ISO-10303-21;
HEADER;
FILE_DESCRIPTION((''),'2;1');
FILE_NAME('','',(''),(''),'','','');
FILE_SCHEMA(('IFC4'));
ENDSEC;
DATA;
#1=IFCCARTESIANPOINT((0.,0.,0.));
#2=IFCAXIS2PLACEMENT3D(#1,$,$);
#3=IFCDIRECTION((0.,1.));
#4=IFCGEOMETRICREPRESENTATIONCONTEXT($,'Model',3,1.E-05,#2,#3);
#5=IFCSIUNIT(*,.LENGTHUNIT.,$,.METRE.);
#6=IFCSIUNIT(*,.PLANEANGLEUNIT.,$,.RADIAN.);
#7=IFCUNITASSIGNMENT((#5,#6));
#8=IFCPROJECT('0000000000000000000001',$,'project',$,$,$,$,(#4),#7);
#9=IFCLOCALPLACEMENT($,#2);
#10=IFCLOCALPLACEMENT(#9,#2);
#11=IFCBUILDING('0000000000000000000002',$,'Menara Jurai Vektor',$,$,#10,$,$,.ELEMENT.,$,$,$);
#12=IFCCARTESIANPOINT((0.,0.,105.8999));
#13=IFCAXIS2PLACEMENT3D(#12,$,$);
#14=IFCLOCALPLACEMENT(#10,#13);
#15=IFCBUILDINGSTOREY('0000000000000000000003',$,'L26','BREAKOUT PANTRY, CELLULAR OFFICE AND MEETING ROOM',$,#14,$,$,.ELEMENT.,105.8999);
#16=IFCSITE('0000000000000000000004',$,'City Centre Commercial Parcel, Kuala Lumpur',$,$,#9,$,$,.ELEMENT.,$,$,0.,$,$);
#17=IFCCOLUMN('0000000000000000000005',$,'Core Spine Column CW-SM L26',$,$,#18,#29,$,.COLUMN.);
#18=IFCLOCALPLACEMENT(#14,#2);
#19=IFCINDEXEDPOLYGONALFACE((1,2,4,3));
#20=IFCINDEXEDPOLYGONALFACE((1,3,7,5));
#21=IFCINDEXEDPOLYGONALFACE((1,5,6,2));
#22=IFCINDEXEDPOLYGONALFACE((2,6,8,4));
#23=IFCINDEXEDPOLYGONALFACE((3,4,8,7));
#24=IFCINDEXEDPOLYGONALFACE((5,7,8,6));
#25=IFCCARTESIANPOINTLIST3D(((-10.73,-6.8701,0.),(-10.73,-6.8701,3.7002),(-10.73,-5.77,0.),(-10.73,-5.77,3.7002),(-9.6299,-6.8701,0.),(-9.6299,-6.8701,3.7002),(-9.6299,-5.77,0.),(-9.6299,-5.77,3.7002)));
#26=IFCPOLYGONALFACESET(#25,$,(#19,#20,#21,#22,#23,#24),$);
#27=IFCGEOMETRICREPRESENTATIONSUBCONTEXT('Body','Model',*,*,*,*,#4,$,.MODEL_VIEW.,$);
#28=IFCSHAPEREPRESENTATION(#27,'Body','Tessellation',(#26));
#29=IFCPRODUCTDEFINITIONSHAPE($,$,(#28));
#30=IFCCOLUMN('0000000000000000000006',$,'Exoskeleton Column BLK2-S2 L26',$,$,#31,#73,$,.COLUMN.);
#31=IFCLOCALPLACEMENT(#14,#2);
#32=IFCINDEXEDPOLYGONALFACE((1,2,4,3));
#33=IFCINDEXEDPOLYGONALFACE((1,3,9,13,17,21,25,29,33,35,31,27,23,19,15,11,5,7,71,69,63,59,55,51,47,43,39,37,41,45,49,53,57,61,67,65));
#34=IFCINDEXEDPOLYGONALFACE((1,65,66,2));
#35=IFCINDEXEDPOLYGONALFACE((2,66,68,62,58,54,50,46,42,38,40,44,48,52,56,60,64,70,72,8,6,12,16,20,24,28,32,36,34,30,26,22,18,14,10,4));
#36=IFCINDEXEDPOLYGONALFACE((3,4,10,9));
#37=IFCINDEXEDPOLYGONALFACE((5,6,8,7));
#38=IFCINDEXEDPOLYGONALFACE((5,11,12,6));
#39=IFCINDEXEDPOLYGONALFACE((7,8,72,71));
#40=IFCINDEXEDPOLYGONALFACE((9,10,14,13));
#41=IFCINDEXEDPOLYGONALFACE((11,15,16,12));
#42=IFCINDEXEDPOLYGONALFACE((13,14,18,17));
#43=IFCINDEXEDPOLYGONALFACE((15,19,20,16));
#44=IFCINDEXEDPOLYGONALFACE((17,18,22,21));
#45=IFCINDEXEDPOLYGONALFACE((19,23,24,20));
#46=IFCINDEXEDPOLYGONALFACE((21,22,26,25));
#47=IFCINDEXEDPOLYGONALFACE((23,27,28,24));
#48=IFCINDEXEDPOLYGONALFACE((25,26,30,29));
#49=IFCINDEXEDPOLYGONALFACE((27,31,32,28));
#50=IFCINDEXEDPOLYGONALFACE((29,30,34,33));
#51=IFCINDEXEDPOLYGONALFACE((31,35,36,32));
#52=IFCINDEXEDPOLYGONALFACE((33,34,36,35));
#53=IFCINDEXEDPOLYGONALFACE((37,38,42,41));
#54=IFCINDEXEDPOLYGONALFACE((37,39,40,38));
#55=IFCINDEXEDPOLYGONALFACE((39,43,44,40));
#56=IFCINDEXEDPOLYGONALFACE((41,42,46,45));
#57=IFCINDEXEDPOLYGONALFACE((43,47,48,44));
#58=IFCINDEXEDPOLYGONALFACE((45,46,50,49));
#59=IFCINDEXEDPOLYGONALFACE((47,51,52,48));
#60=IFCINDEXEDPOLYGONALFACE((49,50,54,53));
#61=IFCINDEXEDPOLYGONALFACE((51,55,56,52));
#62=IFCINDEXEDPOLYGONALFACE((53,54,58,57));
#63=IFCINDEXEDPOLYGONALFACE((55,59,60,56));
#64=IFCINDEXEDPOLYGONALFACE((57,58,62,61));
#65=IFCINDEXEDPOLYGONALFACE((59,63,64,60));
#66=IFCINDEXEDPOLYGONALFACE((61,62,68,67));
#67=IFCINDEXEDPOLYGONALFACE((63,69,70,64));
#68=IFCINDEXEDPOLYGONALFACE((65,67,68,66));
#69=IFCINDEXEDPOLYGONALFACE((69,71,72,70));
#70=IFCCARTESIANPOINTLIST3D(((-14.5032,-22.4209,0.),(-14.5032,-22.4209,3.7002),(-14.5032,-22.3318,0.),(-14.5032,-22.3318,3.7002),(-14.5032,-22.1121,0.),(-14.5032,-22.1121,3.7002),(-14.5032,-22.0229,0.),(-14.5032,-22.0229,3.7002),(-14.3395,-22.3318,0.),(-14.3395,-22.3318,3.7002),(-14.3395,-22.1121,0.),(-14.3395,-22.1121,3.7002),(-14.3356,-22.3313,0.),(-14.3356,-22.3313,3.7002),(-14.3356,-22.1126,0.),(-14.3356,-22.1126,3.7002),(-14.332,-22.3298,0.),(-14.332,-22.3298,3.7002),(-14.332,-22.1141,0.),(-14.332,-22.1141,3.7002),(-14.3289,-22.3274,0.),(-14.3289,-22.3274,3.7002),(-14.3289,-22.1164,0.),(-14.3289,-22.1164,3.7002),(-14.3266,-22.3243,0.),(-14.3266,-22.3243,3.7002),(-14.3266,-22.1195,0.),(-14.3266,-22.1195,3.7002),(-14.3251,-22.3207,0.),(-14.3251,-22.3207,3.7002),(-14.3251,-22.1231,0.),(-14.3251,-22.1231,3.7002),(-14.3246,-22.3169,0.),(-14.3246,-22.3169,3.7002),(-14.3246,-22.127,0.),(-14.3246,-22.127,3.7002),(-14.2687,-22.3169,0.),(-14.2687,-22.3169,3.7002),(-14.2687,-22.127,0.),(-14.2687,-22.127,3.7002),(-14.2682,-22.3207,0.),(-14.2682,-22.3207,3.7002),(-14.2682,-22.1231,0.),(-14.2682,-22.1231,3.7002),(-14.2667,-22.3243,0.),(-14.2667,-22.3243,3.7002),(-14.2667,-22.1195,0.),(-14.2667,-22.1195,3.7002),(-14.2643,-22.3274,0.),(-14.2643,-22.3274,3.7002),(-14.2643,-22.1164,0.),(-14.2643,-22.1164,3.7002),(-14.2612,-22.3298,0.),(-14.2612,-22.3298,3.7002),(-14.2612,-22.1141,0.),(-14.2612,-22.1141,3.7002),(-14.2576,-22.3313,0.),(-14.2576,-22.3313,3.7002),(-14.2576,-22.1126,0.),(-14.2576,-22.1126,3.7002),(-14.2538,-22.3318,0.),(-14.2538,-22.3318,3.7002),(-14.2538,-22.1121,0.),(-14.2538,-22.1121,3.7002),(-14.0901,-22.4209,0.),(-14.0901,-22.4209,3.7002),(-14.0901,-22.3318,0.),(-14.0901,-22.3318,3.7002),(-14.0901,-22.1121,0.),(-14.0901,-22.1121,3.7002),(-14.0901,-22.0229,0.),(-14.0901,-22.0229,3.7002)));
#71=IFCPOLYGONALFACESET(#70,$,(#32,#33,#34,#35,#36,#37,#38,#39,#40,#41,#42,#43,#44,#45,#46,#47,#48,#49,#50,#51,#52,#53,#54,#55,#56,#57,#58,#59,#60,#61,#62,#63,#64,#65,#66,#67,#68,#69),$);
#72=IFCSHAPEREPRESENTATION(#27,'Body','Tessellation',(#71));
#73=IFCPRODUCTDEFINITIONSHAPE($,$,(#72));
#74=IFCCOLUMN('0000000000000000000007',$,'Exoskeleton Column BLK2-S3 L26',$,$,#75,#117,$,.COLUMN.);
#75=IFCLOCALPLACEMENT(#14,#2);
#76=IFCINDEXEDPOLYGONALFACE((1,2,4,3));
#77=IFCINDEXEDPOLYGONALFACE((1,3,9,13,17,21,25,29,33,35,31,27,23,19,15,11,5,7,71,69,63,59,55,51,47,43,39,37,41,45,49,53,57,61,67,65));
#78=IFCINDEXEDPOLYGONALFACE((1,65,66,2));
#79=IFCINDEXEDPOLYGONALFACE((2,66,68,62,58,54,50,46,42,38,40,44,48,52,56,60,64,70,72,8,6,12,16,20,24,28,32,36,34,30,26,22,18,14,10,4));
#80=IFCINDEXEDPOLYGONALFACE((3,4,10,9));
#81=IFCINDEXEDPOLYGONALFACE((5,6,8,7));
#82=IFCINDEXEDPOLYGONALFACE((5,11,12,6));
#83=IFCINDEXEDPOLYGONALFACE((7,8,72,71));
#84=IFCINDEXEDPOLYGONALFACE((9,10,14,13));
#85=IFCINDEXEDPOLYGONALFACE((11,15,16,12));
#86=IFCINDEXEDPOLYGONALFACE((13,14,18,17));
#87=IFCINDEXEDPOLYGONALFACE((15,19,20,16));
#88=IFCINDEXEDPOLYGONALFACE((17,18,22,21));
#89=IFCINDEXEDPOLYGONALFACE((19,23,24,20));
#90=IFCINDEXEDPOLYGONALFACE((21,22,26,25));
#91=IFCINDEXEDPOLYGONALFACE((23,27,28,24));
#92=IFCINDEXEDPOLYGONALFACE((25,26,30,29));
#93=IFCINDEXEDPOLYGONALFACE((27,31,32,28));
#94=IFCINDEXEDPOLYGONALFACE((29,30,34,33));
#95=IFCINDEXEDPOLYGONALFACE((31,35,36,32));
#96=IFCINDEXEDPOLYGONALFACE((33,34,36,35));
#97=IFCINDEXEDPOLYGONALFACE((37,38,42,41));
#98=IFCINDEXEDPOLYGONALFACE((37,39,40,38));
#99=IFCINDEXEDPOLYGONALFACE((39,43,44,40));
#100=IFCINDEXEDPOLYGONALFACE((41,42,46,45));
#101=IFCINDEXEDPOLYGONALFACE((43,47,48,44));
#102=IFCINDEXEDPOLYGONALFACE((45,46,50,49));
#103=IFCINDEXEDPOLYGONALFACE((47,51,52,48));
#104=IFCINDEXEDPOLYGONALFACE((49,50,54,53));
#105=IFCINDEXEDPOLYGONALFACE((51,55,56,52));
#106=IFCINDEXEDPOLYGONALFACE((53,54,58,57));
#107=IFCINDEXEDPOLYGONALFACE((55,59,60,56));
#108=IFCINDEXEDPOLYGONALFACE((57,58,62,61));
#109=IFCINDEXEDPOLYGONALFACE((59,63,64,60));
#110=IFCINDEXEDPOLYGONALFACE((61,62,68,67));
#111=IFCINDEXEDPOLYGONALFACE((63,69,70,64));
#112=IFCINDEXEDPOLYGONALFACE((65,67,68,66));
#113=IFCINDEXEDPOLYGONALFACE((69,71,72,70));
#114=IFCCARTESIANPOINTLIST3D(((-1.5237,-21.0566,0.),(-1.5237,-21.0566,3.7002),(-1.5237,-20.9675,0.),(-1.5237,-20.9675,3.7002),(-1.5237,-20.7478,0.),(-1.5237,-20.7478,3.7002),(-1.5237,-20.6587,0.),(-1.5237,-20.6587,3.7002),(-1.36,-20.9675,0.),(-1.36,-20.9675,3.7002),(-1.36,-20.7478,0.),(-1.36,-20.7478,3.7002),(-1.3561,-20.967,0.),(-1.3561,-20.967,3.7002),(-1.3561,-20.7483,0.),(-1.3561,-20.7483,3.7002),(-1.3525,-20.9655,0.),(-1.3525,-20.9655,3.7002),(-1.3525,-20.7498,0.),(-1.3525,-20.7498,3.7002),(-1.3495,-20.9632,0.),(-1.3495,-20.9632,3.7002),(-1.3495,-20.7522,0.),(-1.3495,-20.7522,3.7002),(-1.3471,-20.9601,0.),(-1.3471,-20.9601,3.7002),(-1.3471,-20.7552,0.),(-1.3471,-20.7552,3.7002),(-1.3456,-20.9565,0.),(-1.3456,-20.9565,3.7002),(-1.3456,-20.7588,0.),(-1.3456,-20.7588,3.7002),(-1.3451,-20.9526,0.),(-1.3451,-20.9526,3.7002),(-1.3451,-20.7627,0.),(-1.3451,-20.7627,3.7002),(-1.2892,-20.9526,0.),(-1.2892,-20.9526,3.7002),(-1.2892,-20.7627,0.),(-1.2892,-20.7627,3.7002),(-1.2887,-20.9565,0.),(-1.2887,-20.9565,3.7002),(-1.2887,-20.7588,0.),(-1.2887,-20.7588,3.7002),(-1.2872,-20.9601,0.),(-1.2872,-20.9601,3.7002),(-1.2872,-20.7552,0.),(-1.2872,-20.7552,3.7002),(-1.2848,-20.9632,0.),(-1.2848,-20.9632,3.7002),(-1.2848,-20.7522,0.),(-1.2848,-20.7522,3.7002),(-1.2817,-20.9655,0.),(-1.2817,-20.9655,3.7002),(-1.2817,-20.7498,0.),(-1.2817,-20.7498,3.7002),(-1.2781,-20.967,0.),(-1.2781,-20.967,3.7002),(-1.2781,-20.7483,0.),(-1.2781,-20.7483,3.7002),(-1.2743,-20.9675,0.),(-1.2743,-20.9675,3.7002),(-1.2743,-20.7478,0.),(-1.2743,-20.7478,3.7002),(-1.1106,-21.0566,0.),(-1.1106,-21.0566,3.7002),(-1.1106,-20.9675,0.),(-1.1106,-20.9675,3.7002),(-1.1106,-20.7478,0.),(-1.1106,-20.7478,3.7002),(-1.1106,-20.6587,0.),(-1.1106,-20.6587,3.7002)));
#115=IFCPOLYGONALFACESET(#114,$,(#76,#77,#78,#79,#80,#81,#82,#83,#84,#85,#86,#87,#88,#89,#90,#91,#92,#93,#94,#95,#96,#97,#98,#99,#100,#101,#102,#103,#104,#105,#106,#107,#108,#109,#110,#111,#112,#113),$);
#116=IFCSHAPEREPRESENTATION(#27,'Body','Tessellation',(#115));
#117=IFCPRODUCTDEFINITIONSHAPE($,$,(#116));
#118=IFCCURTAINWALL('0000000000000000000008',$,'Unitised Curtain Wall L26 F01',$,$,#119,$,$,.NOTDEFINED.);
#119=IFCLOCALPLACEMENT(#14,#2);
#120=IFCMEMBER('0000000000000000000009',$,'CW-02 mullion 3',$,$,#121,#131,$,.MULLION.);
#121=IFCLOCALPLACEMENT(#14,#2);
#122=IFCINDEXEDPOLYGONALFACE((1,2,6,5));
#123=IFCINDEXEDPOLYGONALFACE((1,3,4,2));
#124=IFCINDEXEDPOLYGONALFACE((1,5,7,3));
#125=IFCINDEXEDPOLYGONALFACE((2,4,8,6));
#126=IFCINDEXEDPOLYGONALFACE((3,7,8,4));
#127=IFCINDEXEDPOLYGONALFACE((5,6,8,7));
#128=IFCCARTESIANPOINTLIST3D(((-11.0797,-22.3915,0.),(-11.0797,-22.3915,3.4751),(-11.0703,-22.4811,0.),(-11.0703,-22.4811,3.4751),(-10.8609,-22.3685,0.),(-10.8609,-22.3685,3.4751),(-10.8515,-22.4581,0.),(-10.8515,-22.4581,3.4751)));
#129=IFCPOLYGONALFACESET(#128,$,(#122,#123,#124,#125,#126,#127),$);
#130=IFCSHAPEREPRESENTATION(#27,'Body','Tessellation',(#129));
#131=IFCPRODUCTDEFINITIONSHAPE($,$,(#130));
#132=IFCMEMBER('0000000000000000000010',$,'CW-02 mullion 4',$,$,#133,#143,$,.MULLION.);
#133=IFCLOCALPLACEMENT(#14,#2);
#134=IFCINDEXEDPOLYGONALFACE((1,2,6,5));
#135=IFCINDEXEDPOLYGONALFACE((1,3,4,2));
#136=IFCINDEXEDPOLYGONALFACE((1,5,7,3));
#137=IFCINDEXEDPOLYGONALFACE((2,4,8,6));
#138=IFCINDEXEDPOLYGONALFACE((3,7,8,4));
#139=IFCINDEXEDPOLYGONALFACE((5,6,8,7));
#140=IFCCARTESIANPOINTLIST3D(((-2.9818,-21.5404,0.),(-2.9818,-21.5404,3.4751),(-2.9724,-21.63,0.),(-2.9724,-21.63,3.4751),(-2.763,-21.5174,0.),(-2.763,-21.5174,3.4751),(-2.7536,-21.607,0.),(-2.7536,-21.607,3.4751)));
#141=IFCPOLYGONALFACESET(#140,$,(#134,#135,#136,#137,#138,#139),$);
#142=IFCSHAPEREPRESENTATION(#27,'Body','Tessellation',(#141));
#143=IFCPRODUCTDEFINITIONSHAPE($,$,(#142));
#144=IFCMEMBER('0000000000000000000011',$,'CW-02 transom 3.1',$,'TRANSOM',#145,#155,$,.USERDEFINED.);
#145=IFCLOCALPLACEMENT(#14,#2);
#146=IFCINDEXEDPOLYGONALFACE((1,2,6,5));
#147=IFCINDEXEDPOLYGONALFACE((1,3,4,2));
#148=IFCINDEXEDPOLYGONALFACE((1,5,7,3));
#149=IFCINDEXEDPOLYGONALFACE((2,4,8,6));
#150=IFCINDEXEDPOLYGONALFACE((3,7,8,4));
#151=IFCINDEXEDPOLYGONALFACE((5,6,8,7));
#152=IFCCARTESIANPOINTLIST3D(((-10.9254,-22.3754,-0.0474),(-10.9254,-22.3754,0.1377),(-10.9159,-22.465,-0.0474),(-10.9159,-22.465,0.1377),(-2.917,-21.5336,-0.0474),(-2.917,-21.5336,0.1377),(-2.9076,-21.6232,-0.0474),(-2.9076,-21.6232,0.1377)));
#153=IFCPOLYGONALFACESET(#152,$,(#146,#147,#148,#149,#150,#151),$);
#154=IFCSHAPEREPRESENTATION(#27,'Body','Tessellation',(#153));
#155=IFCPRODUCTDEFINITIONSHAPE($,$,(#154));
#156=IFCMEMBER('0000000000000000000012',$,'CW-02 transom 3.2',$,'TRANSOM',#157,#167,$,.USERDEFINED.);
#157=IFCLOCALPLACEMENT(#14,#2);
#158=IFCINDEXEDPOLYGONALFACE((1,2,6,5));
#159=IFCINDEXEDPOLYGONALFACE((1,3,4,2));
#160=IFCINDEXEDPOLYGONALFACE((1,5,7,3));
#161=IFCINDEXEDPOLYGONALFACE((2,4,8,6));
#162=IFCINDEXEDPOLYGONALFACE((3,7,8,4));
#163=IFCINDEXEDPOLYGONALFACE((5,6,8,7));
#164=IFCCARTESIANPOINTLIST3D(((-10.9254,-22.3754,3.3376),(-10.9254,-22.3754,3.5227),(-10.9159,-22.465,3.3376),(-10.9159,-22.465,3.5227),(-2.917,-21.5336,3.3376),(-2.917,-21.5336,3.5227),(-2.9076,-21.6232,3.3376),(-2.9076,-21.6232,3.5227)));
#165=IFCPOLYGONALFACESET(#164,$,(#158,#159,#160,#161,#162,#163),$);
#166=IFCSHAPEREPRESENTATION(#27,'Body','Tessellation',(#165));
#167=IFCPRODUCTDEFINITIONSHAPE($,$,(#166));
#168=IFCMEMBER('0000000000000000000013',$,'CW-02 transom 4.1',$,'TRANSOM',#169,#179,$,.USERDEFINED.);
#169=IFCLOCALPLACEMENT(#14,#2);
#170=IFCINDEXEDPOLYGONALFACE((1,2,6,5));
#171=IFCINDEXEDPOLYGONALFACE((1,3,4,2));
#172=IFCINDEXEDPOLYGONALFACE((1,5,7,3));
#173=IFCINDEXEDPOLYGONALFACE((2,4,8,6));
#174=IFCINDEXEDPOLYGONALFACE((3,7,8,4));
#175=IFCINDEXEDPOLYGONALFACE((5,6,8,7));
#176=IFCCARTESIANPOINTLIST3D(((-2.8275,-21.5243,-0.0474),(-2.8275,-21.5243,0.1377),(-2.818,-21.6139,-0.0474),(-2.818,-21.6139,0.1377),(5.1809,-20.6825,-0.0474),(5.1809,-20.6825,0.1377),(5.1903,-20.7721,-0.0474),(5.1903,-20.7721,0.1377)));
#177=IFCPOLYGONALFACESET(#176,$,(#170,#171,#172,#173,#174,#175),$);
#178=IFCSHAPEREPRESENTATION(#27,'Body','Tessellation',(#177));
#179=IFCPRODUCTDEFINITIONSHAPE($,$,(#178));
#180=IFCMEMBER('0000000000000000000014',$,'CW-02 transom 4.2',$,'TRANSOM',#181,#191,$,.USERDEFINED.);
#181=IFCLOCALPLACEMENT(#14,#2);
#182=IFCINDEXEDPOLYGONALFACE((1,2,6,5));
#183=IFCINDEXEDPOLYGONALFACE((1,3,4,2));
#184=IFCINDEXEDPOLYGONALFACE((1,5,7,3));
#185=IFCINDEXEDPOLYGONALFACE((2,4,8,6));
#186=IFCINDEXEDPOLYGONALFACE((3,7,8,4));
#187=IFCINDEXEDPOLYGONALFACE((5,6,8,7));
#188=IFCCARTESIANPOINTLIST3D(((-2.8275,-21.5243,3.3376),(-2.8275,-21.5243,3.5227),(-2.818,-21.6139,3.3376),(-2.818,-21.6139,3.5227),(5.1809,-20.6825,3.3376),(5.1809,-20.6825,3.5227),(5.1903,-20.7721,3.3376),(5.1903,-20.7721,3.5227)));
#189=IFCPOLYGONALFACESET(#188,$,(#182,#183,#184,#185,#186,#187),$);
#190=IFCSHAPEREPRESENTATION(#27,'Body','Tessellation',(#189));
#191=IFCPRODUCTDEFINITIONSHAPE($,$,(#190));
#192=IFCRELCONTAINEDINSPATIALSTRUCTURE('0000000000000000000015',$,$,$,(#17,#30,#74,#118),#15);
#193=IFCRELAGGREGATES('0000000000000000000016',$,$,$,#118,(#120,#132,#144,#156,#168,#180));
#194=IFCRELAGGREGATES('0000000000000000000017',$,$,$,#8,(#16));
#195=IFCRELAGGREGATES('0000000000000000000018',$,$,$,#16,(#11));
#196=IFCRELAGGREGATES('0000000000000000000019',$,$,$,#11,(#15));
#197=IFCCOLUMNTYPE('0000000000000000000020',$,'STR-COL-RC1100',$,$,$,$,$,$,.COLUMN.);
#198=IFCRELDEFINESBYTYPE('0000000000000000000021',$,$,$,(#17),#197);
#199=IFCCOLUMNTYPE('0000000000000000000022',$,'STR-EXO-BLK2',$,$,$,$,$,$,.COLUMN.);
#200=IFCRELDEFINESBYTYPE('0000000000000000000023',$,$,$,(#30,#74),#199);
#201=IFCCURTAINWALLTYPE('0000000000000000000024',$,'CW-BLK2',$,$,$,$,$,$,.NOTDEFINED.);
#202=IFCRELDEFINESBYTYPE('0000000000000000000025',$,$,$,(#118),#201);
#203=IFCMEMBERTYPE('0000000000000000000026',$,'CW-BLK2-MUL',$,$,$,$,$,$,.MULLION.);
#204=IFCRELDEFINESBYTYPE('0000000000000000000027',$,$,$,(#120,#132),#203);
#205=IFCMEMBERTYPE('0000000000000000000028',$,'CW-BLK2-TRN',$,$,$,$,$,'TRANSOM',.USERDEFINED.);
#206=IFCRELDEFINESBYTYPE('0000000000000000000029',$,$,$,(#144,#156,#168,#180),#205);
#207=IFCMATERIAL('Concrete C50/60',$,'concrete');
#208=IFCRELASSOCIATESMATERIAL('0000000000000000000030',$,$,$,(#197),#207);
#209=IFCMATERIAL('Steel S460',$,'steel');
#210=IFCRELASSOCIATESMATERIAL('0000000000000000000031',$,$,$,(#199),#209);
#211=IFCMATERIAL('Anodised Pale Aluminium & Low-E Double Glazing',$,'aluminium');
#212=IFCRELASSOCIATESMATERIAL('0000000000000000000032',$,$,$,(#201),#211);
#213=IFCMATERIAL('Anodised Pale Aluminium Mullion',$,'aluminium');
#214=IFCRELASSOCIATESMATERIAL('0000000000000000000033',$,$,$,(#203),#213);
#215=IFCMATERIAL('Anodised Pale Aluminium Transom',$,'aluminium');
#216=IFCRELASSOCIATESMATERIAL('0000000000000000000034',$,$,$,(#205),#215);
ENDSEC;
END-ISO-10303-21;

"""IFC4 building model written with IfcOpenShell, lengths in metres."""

from ifc_helpers import new_model, si_unit, direction, frame, origin, origin_2d, place, context, subcontext, project, spatial, rectangle, i_section, extrude, material, material_profile, profile_set, type_object, element, aggregate, save


model = new_model("IFC4")

# Units and contexts
model_context = context("Model", 3, precision=1e-05, world=origin(), true_north=direction((0.0, 1.0)))
body_context = subcontext(model_context, "Body", "Model", "MODEL_VIEW")
ifc_project = project(units=[si_unit("LENGTHUNIT", "METRE"), si_unit("PLANEANGLEUNIT", "RADIAN")], contexts=[model_context])

# Site, building, storey
site_placement = place(None, origin())
site = spatial("IfcSite", under=ifc_project, at=site_placement, Name="City Centre Commercial Parcel, Kuala Lumpur", CompositionType="ELEMENT", RefElevation=0.0)
building_placement = place(site_placement, origin())
building = spatial("IfcBuilding", under=site, at=building_placement, Name="Menara Jurai Vektor", CompositionType="ELEMENT")
storey_placement = place(building_placement, frame((0.0, 0.0, 105.8999)))
storey = spatial("IfcBuildingStorey", under=building, at=storey_placement, Name="L26", Description="BREAKOUT PANTRY, CELLULAR OFFICE AND MEETING ROOM", CompositionType="ELEMENT", Elevation=105.8999)

# Columns
ifc_material_1 = material(Name="Concrete C50/60", Category="concrete")
ifc_material_profile_1 = material_profile(ifc_material_1, rectangle(XDim=1.1001, YDim=1.1001, at=origin_2d()), Name="RC 1100x1100")
ifc_profile_set_1 = profile_set([ifc_material_profile_1], Name="Concrete C50/60")
column_type_1 = type_object("IfcColumnType", Name="STR-COL-RC1100", PredefinedType="COLUMN", material=ifc_profile_set_1)
column_placement = place(storey_placement, frame((-10.1799, -6.3201, 0.0), z_axis=(0.0, 0.0, 1.0), x_axis=(1.0, 0.0, 0.0)))
element("IfcColumn", 1, at=column_placement, inside=storey, type_object=column_type_1, Name="Core Spine Column CW-SM L26", PredefinedType="COLUMN", context=body_context, shape_type="SweptSolid", body=[
    extrude(rectangle(XDim=1.1001, YDim=1.1001, at=origin_2d()), origin(), (0.0, 0.0, 1.0), 3.7002),
])
ifc_material_2 = material(Name="Steel S460", Category="steel")
ifc_material_profile_2 = material_profile(ifc_material_2, i_section(OverallWidth=0.4131, OverallDepth=0.3979, WebThickness=0.0559, FlangeThickness=0.0891, FilletRadius=0.0149, at=origin_2d()), Name="HD 400x744")
ifc_profile_set_2 = profile_set([ifc_material_profile_2], Name="Steel S460")
column_type_2 = type_object("IfcColumnType", Name="STR-EXO-BLK2", PredefinedType="COLUMN", material=ifc_profile_set_2)
for number, where, z_axis, x_axis, name in (
    (2, (-14.2966, -22.2219, 0.0), (0.0, 0.0, 1.0), (1.0, 0.0, 0.0), "Exoskeleton Column BLK2-S2 L26"),
    (3, (-1.3171, -20.8577, 0.0), (0.0, 0.0, 1.0), (1.0, 0.0, 0.0), "Exoskeleton Column BLK2-S3 L26"),
):
    element("IfcColumn", number, at=place(storey_placement, frame(where, z_axis=z_axis, x_axis=x_axis)), inside=storey, type_object=column_type_2, Name=name, PredefinedType="COLUMN", context=body_context, shape_type="SweptSolid", body=[
        extrude(i_section(OverallWidth=0.4131, OverallDepth=0.3979, WebThickness=0.0559, FlangeThickness=0.0891, FilletRadius=0.0149, at=origin_2d()), origin(), (0.0, 0.0, 1.0), 3.7002),
    ])

# Curtain wall, members
ifc_material_3 = material(Name="Anodised Pale Aluminium & Low-E Double Glazing", Category="aluminium")
curtain_wall_type = type_object("IfcCurtainWallType", Name="CW-BLK2", PredefinedType="NOTDEFINED", material=ifc_material_3)
curtain_wall_placement = place(storey_placement, origin())
curtain_wall = element("IfcCurtainWall", 4, at=curtain_wall_placement, inside=storey, type_object=curtain_wall_type, Name="Unitised Curtain Wall L26 F01", PredefinedType="NOTDEFINED")
ifc_material_4 = material(Name="Anodised Pale Aluminium Mullion", Category="aluminium")
ifc_material_profile_3 = material_profile(ifc_material_4, rectangle(XDim=0.0901, YDim=0.22, at=origin_2d()), Name="ALU MUL 90x220")
ifc_profile_set_3 = profile_set([ifc_material_profile_3], Name="Anodised Pale Aluminium Mullion")
member_type_1 = type_object("IfcMemberType", Name="CW-BLK2-MUL", PredefinedType="MULLION", material=ifc_profile_set_3)
member_1_placement = place(storey_placement, frame((-10.9656, -22.4248, 0.0), z_axis=(0.0, 0.0, 1.0), x_axis=(-0.104529, 0.994522, 0.0)))
member_1 = element("IfcMember", 5, at=member_1_placement, type_object=member_type_1, Name="CW-02 mullion 3", PredefinedType="MULLION", context=body_context, shape_type="SweptSolid", body=[
    extrude(rectangle(XDim=0.0901, YDim=0.22, at=origin_2d()), origin(), (0.0, 0.0, 1.0), 3.4751),
])
member_2_placement = place(storey_placement, frame((-2.8677, -21.5737, 0.0), z_axis=(0.0, 0.0, 1.0), x_axis=(-0.104529, 0.994522, 0.0)))
member_2 = element("IfcMember", 6, at=member_2_placement, type_object=member_type_1, Name="CW-02 mullion 4", PredefinedType="MULLION", context=body_context, shape_type="SweptSolid", body=[
    extrude(rectangle(XDim=0.0901, YDim=0.22, at=origin_2d()), origin(), (0.0, 0.0, 1.0), 3.4751),
])
ifc_material_5 = material(Name="Anodised Pale Aluminium Transom", Category="aluminium")
ifc_material_profile_4 = material_profile(ifc_material_5, rectangle(XDim=0.0901, YDim=0.1851, at=origin_2d()), Name="ALU TRN 90x185")
ifc_profile_set_4 = profile_set([ifc_material_profile_4], Name="Anodised Pale Aluminium Transom")
member_type_2 = type_object("IfcMemberType", Name="CW-BLK2-TRN", ElementType="TRANSOM", PredefinedType="USERDEFINED", material=ifc_profile_set_4)
member_3_placement = place(storey_placement, frame((-10.9207, -22.4202, 0.0452), z_axis=(0.994521, 0.10454, 0.0), x_axis=(-0.10454, 0.994521, 0.0)))
member_3 = element("IfcMember", 7, at=member_3_placement, type_object=member_type_2, Name="CW-02 transom 3.1", ObjectType="TRANSOM", PredefinedType="USERDEFINED", context=body_context, shape_type="SweptSolid", body=[
    extrude(rectangle(XDim=0.0901, YDim=0.1851, at=origin_2d()), origin(), (0.0, 0.0, 1.0), 8.0525),
])
member_4_placement = place(storey_placement, frame((-10.9207, -22.4202, 3.4302), z_axis=(0.994521, 0.10454, 0.0), x_axis=(-0.10454, 0.994521, 0.0)))
member_4 = element("IfcMember", 8, at=member_4_placement, type_object=member_type_2, Name="CW-02 transom 3.2", ObjectType="TRANSOM", PredefinedType="USERDEFINED", context=body_context, shape_type="SweptSolid", body=[
    extrude(rectangle(XDim=0.0901, YDim=0.1851, at=origin_2d()), origin(), (0.0, 0.0, 1.0), 8.0525),
])
member_5_placement = place(storey_placement, frame((-2.8228, -21.5691, 0.0452), z_axis=(0.994521, 0.10454, 0.0), x_axis=(-0.10454, 0.994521, 0.0)))
member_5 = element("IfcMember", 9, at=member_5_placement, type_object=member_type_2, Name="CW-02 transom 4.1", ObjectType="TRANSOM", PredefinedType="USERDEFINED", context=body_context, shape_type="SweptSolid", body=[
    extrude(rectangle(XDim=0.0901, YDim=0.1851, at=origin_2d()), origin(), (0.0, 0.0, 1.0), 8.0525),
])
member_6_placement = place(storey_placement, frame((-2.8228, -21.5691, 3.4302), z_axis=(0.994521, 0.10454, 0.0), x_axis=(-0.10454, 0.994521, 0.0)))
member_6 = element("IfcMember", 10, at=member_6_placement, type_object=member_type_2, Name="CW-02 transom 4.2", ObjectType="TRANSOM", PredefinedType="USERDEFINED", context=body_context, shape_type="SweptSolid", body=[
    extrude(rectangle(XDim=0.0901, YDim=0.1851, at=origin_2d()), origin(), (0.0, 0.0, 1.0), 8.0525),
])

aggregate(curtain_wall, [member_1, member_2, member_3, member_4, member_5, member_6])

save(model, "model.ifc")
